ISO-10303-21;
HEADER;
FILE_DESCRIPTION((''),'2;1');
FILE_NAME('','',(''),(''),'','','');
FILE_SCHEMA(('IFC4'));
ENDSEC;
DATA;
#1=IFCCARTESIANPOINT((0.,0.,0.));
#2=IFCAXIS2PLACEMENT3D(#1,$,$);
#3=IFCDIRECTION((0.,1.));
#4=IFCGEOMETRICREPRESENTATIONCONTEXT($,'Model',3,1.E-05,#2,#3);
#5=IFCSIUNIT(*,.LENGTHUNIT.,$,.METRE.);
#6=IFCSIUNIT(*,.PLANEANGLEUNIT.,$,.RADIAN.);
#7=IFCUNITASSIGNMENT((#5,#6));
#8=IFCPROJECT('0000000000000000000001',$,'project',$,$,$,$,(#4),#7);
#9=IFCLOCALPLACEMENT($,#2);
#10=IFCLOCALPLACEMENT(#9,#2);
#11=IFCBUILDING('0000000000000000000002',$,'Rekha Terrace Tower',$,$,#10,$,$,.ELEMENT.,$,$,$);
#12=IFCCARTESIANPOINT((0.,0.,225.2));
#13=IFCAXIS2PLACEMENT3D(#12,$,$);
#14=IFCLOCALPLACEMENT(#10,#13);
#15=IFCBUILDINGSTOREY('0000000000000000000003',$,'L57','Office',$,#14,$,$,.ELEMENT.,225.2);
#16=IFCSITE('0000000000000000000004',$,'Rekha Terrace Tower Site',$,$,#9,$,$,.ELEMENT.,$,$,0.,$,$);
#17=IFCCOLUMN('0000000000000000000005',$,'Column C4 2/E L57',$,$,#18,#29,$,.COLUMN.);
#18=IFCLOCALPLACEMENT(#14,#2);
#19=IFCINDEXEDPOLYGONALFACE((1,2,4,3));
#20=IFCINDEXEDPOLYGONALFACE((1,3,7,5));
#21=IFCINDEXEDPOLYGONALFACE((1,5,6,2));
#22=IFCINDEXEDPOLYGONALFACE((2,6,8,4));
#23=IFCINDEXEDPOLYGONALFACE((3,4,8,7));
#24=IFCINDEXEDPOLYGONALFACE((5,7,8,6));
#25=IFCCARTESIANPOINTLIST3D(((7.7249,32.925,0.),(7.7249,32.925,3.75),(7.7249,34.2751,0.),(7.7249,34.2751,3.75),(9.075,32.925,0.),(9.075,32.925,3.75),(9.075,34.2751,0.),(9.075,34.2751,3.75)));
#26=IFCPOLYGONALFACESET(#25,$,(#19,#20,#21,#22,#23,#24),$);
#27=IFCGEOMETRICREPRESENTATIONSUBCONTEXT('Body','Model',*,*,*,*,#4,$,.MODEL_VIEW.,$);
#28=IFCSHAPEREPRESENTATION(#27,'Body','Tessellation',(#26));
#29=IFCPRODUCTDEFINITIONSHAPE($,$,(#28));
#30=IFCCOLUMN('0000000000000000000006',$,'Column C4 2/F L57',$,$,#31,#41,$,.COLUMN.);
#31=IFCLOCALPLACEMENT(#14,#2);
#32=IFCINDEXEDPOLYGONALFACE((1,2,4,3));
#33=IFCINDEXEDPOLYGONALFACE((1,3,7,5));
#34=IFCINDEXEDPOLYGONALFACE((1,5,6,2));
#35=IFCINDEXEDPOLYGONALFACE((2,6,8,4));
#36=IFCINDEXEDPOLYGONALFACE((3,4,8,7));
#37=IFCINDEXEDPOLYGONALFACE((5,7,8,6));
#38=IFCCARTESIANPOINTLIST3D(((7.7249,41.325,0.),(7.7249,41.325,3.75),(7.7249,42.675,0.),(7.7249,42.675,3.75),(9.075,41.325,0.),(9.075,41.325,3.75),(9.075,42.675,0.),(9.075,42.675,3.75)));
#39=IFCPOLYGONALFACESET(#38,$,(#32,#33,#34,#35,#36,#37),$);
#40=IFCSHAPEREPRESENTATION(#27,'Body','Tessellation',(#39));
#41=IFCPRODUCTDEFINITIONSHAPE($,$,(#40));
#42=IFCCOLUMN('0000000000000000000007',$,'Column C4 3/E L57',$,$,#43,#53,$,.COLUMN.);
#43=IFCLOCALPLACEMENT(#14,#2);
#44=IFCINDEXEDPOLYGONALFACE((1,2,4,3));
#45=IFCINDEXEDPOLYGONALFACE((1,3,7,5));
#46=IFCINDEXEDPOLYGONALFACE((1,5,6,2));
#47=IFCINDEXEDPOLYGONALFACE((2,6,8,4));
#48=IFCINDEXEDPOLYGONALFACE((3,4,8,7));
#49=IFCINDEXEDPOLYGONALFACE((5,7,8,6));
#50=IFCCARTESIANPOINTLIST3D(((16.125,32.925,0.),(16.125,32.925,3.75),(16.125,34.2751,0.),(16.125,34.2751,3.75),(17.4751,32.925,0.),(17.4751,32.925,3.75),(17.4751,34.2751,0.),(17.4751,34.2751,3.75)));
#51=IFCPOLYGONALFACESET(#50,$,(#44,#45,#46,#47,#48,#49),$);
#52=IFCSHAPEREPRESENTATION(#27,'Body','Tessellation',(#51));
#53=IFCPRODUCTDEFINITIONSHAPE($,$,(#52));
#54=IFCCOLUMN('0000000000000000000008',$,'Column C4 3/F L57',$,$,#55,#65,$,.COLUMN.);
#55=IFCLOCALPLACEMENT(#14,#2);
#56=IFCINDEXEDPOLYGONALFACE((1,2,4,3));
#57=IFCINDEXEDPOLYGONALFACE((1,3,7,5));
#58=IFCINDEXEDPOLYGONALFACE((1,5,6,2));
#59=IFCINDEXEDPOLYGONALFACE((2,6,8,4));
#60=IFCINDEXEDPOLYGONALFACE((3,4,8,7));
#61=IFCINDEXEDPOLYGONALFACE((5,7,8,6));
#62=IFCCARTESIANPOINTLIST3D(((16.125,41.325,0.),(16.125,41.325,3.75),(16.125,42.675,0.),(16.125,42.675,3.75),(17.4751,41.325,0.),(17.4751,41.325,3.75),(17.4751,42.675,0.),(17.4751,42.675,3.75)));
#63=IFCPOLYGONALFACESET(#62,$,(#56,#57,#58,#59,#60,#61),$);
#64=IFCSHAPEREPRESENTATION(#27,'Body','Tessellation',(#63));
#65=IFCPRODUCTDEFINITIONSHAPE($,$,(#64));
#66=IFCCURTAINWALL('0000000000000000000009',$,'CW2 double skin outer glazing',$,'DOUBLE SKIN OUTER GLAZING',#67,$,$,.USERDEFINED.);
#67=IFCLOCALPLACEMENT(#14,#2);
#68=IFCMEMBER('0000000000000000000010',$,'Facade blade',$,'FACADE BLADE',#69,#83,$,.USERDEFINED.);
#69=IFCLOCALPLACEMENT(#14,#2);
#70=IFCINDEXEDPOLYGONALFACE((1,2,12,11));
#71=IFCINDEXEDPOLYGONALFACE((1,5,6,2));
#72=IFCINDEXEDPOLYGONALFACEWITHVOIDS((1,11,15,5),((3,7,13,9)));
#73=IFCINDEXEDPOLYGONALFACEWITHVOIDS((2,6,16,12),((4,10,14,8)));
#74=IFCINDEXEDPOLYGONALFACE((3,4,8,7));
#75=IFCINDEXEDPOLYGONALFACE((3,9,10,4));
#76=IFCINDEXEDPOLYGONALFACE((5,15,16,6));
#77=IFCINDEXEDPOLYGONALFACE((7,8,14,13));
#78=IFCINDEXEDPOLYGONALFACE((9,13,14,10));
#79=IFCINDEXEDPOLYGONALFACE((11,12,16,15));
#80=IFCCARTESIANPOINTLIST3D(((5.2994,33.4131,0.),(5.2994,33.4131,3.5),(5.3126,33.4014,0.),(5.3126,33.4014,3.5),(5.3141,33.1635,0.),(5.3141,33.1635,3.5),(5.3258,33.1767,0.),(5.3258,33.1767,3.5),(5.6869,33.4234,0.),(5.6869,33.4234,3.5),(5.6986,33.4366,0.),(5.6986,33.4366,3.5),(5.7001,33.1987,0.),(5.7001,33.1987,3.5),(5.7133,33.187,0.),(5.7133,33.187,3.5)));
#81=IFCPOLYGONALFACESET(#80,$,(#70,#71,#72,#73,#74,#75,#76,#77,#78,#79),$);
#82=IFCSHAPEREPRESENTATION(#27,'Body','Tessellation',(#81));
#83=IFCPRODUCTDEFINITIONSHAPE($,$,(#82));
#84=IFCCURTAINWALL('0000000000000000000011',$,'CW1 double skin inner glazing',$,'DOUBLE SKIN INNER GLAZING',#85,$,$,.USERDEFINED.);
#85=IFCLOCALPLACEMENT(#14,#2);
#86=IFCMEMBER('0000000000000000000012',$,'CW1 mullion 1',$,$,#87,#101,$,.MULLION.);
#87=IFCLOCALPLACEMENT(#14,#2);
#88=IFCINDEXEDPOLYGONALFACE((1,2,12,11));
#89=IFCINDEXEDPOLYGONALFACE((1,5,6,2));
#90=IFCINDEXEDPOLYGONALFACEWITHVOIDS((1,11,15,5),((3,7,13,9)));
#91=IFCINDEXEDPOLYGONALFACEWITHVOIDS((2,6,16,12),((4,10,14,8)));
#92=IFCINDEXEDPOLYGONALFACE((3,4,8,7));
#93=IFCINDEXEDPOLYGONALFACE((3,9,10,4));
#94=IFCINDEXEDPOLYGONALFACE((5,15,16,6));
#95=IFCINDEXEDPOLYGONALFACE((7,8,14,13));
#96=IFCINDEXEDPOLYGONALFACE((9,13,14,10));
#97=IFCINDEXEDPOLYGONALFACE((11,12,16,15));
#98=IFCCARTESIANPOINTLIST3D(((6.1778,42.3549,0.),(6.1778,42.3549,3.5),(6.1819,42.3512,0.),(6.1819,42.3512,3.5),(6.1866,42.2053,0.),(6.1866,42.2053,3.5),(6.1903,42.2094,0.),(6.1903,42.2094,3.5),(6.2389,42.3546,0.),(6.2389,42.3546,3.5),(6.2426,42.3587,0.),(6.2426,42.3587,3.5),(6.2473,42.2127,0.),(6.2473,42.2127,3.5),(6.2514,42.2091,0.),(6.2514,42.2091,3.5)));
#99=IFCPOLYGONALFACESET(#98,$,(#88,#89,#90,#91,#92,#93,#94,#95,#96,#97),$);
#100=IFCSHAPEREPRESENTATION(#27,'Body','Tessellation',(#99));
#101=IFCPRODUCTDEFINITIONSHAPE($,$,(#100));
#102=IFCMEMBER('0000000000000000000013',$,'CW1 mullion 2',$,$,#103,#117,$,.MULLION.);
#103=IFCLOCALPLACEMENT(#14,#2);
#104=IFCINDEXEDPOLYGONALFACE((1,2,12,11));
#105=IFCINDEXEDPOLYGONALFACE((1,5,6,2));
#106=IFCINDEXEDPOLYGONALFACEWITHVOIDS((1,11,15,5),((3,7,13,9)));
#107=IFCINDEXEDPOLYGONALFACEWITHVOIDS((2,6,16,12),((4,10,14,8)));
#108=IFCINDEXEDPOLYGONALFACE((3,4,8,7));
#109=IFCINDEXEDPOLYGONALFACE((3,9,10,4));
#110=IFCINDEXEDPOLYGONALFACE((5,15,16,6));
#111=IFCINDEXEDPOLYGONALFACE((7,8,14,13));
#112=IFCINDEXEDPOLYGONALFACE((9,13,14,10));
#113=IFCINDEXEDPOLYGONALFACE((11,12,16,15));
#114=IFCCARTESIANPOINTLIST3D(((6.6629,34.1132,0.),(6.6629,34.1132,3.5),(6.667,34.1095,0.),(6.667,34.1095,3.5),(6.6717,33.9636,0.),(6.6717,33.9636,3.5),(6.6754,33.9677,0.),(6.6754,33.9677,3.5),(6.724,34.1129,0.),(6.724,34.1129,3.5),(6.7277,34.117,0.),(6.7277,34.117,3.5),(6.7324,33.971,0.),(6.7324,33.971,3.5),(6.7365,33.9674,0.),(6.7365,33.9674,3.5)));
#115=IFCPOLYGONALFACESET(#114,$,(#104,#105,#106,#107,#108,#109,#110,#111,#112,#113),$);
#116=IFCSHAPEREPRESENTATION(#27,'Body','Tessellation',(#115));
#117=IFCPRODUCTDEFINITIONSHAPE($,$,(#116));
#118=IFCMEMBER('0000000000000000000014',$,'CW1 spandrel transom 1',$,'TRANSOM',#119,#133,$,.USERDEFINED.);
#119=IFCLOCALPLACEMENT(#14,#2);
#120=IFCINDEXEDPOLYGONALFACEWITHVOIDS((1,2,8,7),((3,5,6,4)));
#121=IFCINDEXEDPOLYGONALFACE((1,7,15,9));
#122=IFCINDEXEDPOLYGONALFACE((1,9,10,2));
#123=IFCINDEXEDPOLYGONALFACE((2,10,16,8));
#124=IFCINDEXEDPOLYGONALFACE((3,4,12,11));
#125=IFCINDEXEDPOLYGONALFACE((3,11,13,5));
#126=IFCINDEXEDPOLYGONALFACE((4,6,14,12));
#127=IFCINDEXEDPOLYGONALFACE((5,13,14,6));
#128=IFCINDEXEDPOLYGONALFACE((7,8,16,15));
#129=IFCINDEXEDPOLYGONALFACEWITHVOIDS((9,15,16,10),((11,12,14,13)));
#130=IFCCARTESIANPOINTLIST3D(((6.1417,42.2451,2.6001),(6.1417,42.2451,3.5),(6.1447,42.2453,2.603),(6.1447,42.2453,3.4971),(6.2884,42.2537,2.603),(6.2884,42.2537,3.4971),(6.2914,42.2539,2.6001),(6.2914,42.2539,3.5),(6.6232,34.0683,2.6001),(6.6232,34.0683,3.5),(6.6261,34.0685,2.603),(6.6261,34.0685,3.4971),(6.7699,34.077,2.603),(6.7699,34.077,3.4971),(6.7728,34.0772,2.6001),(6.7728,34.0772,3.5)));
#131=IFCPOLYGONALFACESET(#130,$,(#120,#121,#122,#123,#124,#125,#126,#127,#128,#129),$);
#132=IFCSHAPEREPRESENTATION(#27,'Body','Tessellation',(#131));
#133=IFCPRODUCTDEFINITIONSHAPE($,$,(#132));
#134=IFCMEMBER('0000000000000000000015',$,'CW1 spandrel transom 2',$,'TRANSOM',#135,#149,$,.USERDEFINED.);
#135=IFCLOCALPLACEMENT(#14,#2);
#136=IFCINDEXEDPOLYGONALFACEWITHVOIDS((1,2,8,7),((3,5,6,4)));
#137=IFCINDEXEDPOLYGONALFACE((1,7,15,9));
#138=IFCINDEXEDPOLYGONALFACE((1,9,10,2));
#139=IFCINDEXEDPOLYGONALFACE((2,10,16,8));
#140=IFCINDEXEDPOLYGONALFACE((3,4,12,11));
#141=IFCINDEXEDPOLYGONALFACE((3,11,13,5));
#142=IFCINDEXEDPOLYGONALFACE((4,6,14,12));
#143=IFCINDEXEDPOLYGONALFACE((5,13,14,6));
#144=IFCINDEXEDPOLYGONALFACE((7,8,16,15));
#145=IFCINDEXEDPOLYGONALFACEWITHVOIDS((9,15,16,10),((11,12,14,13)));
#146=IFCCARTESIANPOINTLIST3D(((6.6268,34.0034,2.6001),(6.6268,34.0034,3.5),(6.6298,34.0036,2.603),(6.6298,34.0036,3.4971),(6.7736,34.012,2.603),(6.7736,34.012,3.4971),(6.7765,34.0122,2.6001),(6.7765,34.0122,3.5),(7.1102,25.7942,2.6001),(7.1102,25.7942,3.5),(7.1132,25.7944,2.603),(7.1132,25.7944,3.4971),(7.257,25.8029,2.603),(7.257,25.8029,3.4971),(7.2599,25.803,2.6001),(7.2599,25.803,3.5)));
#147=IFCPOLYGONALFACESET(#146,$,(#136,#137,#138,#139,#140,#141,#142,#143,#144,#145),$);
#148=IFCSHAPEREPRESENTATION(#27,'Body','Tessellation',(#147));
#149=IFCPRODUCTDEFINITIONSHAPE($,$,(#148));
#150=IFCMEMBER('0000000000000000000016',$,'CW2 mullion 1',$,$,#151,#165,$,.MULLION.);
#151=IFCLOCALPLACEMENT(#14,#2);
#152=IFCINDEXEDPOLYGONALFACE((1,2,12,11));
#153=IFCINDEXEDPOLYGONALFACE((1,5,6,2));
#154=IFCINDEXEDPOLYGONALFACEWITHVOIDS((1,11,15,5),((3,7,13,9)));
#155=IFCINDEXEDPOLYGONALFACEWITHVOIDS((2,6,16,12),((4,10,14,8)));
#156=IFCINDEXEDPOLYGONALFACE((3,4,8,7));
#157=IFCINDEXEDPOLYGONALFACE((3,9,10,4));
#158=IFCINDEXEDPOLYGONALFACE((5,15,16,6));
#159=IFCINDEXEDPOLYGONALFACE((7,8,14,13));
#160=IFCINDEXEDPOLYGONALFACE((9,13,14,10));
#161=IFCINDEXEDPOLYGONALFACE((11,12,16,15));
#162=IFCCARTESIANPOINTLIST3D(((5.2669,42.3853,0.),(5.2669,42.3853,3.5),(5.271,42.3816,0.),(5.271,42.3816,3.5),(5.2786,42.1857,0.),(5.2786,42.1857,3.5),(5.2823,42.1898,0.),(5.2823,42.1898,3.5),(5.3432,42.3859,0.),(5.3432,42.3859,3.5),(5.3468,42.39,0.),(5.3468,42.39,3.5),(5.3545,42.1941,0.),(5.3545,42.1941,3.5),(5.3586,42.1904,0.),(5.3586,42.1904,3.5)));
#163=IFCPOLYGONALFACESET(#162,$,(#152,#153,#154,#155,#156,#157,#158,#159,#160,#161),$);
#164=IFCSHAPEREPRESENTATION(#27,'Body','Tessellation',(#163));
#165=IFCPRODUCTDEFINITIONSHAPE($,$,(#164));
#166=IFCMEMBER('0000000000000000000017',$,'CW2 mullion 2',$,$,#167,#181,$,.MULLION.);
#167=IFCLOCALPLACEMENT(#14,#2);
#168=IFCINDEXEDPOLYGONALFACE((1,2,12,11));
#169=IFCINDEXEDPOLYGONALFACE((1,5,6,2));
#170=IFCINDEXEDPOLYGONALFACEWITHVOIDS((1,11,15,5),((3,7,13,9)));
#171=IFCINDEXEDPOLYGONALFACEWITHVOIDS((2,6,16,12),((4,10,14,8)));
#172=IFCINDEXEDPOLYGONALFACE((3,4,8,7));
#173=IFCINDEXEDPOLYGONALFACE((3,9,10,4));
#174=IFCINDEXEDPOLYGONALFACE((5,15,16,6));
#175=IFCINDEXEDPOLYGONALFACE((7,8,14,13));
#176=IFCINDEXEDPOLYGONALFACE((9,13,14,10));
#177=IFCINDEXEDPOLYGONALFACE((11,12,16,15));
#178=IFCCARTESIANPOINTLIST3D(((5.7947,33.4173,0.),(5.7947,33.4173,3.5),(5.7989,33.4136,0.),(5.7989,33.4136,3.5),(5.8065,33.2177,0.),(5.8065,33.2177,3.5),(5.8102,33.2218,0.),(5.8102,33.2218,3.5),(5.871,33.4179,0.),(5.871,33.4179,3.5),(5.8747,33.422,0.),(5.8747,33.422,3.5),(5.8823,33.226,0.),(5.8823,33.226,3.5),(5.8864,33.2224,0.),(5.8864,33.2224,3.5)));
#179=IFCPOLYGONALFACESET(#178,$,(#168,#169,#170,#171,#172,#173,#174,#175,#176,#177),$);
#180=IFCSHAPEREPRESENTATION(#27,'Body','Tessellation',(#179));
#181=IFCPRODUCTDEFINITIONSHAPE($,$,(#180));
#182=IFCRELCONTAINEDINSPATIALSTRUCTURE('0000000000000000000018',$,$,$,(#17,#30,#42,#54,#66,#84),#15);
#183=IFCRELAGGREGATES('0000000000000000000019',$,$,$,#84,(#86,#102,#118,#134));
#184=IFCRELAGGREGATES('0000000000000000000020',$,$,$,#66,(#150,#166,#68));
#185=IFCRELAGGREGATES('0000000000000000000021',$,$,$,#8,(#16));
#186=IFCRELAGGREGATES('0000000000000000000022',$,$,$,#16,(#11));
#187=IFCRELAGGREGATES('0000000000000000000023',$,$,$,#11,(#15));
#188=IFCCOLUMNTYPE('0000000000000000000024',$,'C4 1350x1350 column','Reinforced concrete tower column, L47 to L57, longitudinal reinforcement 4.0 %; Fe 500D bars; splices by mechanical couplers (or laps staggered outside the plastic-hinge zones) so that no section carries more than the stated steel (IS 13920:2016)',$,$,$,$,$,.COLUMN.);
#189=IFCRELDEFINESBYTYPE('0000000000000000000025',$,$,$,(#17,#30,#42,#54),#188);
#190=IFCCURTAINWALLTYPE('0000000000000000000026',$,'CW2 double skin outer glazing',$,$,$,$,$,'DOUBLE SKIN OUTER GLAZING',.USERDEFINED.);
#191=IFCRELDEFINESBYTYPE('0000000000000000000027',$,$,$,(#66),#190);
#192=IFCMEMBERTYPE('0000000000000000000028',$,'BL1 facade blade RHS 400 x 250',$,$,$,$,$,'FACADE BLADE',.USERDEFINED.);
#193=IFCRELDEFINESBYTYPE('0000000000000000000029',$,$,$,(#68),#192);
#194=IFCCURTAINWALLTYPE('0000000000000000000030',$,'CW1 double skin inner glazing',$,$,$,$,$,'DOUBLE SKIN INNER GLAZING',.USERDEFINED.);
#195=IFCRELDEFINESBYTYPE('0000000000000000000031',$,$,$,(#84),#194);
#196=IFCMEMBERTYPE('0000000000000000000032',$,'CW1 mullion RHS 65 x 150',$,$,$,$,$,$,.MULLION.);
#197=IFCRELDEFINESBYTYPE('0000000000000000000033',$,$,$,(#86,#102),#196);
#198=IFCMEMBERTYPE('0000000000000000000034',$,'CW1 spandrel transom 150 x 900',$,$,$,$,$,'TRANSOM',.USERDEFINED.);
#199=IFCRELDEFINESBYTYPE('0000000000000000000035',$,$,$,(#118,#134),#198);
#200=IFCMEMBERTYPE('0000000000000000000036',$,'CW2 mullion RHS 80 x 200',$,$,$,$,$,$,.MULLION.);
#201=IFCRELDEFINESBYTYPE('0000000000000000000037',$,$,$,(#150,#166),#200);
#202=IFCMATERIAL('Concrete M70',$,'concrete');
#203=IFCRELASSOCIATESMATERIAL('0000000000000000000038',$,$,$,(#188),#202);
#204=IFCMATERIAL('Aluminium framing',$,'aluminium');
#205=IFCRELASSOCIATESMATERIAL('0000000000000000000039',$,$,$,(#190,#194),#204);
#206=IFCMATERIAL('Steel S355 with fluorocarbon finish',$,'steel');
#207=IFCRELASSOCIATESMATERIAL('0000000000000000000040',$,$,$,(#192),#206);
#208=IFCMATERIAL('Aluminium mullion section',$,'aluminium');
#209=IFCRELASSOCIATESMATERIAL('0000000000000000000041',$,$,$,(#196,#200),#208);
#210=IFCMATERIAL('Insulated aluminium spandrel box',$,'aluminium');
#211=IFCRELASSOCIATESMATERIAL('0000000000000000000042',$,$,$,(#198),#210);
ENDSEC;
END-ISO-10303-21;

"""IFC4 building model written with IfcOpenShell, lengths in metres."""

from ifc_helpers import new_model, si_unit, direction, frame, origin, origin_2d, place, context, subcontext, project, spatial, rectangle, hollow_rectangle, extrude, material, material_profile, profile_set, type_object, element, aggregate, save


model = new_model("IFC4")

# Units and contexts
model_context = context("Model", 3, precision=1e-05, world=origin(), true_north=direction((0.0, 1.0)))
body_context = subcontext(model_context, "Body", "Model", "MODEL_VIEW")
ifc_project = project(units=[si_unit("LENGTHUNIT", "METRE"), si_unit("PLANEANGLEUNIT", "RADIAN")], contexts=[model_context])

# Site, building, storey
site_placement = place(None, origin())
site = spatial("IfcSite", under=ifc_project, at=site_placement, Name="Rekha Terrace Tower Site", CompositionType="ELEMENT", RefElevation=0.0)
building_placement = place(site_placement, origin())
building = spatial("IfcBuilding", under=site, at=building_placement, Name="Rekha Terrace Tower", CompositionType="ELEMENT")
storey_placement = place(building_placement, frame((0.0, 0.0, 225.2)))
storey = spatial("IfcBuildingStorey", under=building, at=storey_placement, Name="L57", Description="Office", CompositionType="ELEMENT", Elevation=225.2)

# Columns
ifc_material_1 = material(Name="Concrete M70", Category="concrete")
ifc_material_profile_1 = material_profile(ifc_material_1, rectangle(XDim=1.3501, YDim=1.3501, at=origin_2d()), Name="RC 1350x1350")
ifc_profile_set_1 = profile_set([ifc_material_profile_1], Name="Concrete M70")
column_type = type_object("IfcColumnType", Name="C4 1350x1350 column", Description="Reinforced concrete tower column, L47 to L57, longitudinal reinforcement 4.0 %; Fe 500D bars; splices by mechanical couplers (or laps staggered outside the plastic-hinge zones) so that no section carries more than the stated steel (IS 13920:2016)", PredefinedType="COLUMN", material=ifc_profile_set_1)
for number, where, z_axis, x_axis, name in (
    (1, (8.3999, 33.6001, 0.0), (0.0, 0.0, 1.0), (1.0, 0.0, 0.0), "Column C4 2/E L57"),
    (2, (8.3999, 42.0, 0.0), (0.0, 0.0, 1.0), (1.0, 0.0, 0.0), "Column C4 2/F L57"),
    (3, (16.8, 33.6001, 0.0), (0.0, 0.0, 1.0), (1.0, 0.0, 0.0), "Column C4 3/E L57"),
    (4, (16.8, 42.0, 0.0), (0.0, 0.0, 1.0), (1.0, 0.0, 0.0), "Column C4 3/F L57"),
):
    element("IfcColumn", number, at=place(storey_placement, frame(where, z_axis=z_axis, x_axis=x_axis)), inside=storey, type_object=column_type, Name=name, PredefinedType="COLUMN", context=body_context, shape_type="SweptSolid", body=[
        extrude(rectangle(XDim=1.3501, YDim=1.3501, at=origin_2d()), origin(), (0.0, 0.0, 1.0), 3.75),
    ])

# Curtain wall, member
ifc_material_2 = material(Name="Aluminium framing", Category="aluminium")
curtain_wall_type_1 = type_object("IfcCurtainWallType", Name="CW2 double skin outer glazing", ElementType="DOUBLE SKIN OUTER GLAZING", PredefinedType="USERDEFINED", material=ifc_material_2)
curtain_wall_1_placement = place(storey_placement, origin())
curtain_wall_1 = element("IfcCurtainWall", 5, at=curtain_wall_1_placement, inside=storey, type_object=curtain_wall_type_1, Name="CW2 double skin outer glazing", ObjectType="DOUBLE SKIN OUTER GLAZING", PredefinedType="USERDEFINED")
ifc_material_3 = material(Name="Steel S355 with fluorocarbon finish", Category="steel")
ifc_material_profile_2 = material_profile(ifc_material_3, hollow_rectangle(XDim=0.25, YDim=0.3999, WallThickness=0.0125, at=origin_2d()), Name="RHS400x250x12.5")
ifc_profile_set_2 = profile_set([ifc_material_profile_2], Name="Steel S355 with fluorocarbon finish")
member_type_1 = type_object("IfcMemberType", Name="BL1 facade blade RHS 400 x 250", ElementType="FACADE BLADE", PredefinedType="USERDEFINED", material=ifc_profile_set_2)
member_1_placement = place(storey_placement, frame((5.5063, 33.3, 0.0), z_axis=(0.0, 0.0, 1.0), x_axis=(0.058765, -0.998272, 0.0)))
member_1 = element("IfcMember", 6, at=member_1_placement, type_object=member_type_1, Name="Facade blade", ObjectType="FACADE BLADE", PredefinedType="USERDEFINED", context=body_context, shape_type="SweptSolid", body=[
    extrude(hollow_rectangle(XDim=0.25, YDim=0.3999, WallThickness=0.0125, at=origin_2d()), origin(), (0.0, 0.0, 1.0), 3.5),
])

# Curtain wall, members
curtain_wall_type_2 = type_object("IfcCurtainWallType", Name="CW1 double skin inner glazing", ElementType="DOUBLE SKIN INNER GLAZING", PredefinedType="USERDEFINED", material=ifc_material_2)
curtain_wall_2_placement = place(storey_placement, origin())
curtain_wall_2 = element("IfcCurtainWall", 7, at=curtain_wall_2_placement, inside=storey, type_object=curtain_wall_type_2, Name="CW1 double skin inner glazing", ObjectType="DOUBLE SKIN INNER GLAZING", PredefinedType="USERDEFINED")
ifc_material_4 = material(Name="Aluminium mullion section", Category="aluminium")
ifc_material_profile_3 = material_profile(ifc_material_4, hollow_rectangle(XDim=0.0649, YDim=0.1499, WallThickness=0.0039, at=origin_2d()), Name="AL RHS 65x150")
ifc_profile_set_3 = profile_set([ifc_material_profile_3], Name="Aluminium mullion section")
member_type_2 = type_object("IfcMemberType", Name="CW1 mullion RHS 65 x 150", PredefinedType="MULLION", material=ifc_profile_set_3)
member_2_placement = place(storey_placement, frame((6.2146, 42.282, 0.0), z_axis=(0.0, 0.0, 1.0), x_axis=(0.998272, 0.058765, 0.0)))
member_2 = element("IfcMember", 8, at=member_2_placement, type_object=member_type_2, Name="CW1 mullion 1", PredefinedType="MULLION", context=body_context, shape_type="SweptSolid", body=[
    extrude(hollow_rectangle(XDim=0.0649, YDim=0.1499, WallThickness=0.0039, at=origin_2d()), origin(), (0.0, 0.0, 1.0), 3.5),
])
member_3_placement = place(storey_placement, frame((6.6997, 34.0403, 0.0), z_axis=(0.0, 0.0, 1.0), x_axis=(0.998272, 0.058765, 0.0)))
member_3 = element("IfcMember", 9, at=member_3_placement, type_object=member_type_2, Name="CW1 mullion 2", PredefinedType="MULLION", context=body_context, shape_type="SweptSolid", body=[
    extrude(hollow_rectangle(XDim=0.0649, YDim=0.1499, WallThickness=0.0039, at=origin_2d()), origin(), (0.0, 0.0, 1.0), 3.5),
])
ifc_material_5 = material(Name="Insulated aluminium spandrel box", Category="aluminium")
ifc_material_profile_4 = material_profile(ifc_material_5, hollow_rectangle(XDim=0.1499, YDim=0.8999, WallThickness=0.0029, at=origin_2d()), Name="AL SPANDREL BOX 150x900")
ifc_profile_set_4 = profile_set([ifc_material_profile_4], Name="Insulated aluminium spandrel box")
member_type_3 = type_object("IfcMemberType", Name="CW1 spandrel transom 150 x 900", ElementType="TRANSOM", PredefinedType="USERDEFINED", material=ifc_profile_set_4)
member_4_placement = place(storey_placement, frame((6.2166, 42.2495, 3.05), z_axis=(0.058778, -0.998271, 0.0), x_axis=(0.998271, 0.058778, 0.0)))
member_4 = element("IfcMember", 10, at=member_4_placement, type_object=member_type_3, Name="CW1 spandrel transom 1", ObjectType="TRANSOM", PredefinedType="USERDEFINED", context=body_context, shape_type="SweptSolid", body=[
    extrude(hollow_rectangle(XDim=0.1499, YDim=0.8999, WallThickness=0.0029, at=origin_2d()), origin(), (0.0, 0.0, 1.0), 8.1909),
])
member_5_placement = place(storey_placement, frame((6.7017, 34.0078, 3.05), z_axis=(0.058783, -0.998271, 0.0), x_axis=(0.998271, 0.058783, 0.0)))
member_5 = element("IfcMember", 11, at=member_5_placement, type_object=member_type_3, Name="CW1 spandrel transom 2", ObjectType="TRANSOM", PredefinedType="USERDEFINED", context=body_context, shape_type="SweptSolid", body=[
    extrude(hollow_rectangle(XDim=0.1499, YDim=0.8999, WallThickness=0.0029, at=origin_2d()), origin(), (0.0, 0.0, 1.0), 8.2234),
])

# Members
ifc_material_profile_5 = material_profile(ifc_material_4, hollow_rectangle(XDim=0.0801, YDim=0.2, WallThickness=0.0039, at=origin_2d()), Name="AL RHS 80x200")
ifc_profile_set_5 = profile_set([ifc_material_profile_5], Name="Aluminium mullion section")
member_type_4 = type_object("IfcMemberType", Name="CW2 mullion RHS 80 x 200", PredefinedType="MULLION", material=ifc_profile_set_5)
member_6_placement = place(storey_placement, frame((5.3127, 42.2878, 0.0), z_axis=(0.0, 0.0, 1.0), x_axis=(0.998272, 0.058765, 0.0)))
member_6 = element("IfcMember", 12, at=member_6_placement, type_object=member_type_4, Name="CW2 mullion 1", PredefinedType="MULLION", context=body_context, shape_type="SweptSolid", body=[
    extrude(hollow_rectangle(XDim=0.0801, YDim=0.2, WallThickness=0.0039, at=origin_2d()), origin(), (0.0, 0.0, 1.0), 3.5),
])
member_7_placement = place(storey_placement, frame((5.8406, 33.3198, 0.0), z_axis=(0.0, 0.0, 1.0), x_axis=(0.998272, 0.058765, 0.0)))
member_7 = element("IfcMember", 13, at=member_7_placement, type_object=member_type_4, Name="CW2 mullion 2", PredefinedType="MULLION", context=body_context, shape_type="SweptSolid", body=[
    extrude(hollow_rectangle(XDim=0.0801, YDim=0.2, WallThickness=0.0039, at=origin_2d()), origin(), (0.0, 0.0, 1.0), 3.5),
])

aggregate(curtain_wall_2, [member_2, member_3, member_4, member_5])
aggregate(curtain_wall_1, [member_6, member_7, member_1])

save(model, "model.ifc")
